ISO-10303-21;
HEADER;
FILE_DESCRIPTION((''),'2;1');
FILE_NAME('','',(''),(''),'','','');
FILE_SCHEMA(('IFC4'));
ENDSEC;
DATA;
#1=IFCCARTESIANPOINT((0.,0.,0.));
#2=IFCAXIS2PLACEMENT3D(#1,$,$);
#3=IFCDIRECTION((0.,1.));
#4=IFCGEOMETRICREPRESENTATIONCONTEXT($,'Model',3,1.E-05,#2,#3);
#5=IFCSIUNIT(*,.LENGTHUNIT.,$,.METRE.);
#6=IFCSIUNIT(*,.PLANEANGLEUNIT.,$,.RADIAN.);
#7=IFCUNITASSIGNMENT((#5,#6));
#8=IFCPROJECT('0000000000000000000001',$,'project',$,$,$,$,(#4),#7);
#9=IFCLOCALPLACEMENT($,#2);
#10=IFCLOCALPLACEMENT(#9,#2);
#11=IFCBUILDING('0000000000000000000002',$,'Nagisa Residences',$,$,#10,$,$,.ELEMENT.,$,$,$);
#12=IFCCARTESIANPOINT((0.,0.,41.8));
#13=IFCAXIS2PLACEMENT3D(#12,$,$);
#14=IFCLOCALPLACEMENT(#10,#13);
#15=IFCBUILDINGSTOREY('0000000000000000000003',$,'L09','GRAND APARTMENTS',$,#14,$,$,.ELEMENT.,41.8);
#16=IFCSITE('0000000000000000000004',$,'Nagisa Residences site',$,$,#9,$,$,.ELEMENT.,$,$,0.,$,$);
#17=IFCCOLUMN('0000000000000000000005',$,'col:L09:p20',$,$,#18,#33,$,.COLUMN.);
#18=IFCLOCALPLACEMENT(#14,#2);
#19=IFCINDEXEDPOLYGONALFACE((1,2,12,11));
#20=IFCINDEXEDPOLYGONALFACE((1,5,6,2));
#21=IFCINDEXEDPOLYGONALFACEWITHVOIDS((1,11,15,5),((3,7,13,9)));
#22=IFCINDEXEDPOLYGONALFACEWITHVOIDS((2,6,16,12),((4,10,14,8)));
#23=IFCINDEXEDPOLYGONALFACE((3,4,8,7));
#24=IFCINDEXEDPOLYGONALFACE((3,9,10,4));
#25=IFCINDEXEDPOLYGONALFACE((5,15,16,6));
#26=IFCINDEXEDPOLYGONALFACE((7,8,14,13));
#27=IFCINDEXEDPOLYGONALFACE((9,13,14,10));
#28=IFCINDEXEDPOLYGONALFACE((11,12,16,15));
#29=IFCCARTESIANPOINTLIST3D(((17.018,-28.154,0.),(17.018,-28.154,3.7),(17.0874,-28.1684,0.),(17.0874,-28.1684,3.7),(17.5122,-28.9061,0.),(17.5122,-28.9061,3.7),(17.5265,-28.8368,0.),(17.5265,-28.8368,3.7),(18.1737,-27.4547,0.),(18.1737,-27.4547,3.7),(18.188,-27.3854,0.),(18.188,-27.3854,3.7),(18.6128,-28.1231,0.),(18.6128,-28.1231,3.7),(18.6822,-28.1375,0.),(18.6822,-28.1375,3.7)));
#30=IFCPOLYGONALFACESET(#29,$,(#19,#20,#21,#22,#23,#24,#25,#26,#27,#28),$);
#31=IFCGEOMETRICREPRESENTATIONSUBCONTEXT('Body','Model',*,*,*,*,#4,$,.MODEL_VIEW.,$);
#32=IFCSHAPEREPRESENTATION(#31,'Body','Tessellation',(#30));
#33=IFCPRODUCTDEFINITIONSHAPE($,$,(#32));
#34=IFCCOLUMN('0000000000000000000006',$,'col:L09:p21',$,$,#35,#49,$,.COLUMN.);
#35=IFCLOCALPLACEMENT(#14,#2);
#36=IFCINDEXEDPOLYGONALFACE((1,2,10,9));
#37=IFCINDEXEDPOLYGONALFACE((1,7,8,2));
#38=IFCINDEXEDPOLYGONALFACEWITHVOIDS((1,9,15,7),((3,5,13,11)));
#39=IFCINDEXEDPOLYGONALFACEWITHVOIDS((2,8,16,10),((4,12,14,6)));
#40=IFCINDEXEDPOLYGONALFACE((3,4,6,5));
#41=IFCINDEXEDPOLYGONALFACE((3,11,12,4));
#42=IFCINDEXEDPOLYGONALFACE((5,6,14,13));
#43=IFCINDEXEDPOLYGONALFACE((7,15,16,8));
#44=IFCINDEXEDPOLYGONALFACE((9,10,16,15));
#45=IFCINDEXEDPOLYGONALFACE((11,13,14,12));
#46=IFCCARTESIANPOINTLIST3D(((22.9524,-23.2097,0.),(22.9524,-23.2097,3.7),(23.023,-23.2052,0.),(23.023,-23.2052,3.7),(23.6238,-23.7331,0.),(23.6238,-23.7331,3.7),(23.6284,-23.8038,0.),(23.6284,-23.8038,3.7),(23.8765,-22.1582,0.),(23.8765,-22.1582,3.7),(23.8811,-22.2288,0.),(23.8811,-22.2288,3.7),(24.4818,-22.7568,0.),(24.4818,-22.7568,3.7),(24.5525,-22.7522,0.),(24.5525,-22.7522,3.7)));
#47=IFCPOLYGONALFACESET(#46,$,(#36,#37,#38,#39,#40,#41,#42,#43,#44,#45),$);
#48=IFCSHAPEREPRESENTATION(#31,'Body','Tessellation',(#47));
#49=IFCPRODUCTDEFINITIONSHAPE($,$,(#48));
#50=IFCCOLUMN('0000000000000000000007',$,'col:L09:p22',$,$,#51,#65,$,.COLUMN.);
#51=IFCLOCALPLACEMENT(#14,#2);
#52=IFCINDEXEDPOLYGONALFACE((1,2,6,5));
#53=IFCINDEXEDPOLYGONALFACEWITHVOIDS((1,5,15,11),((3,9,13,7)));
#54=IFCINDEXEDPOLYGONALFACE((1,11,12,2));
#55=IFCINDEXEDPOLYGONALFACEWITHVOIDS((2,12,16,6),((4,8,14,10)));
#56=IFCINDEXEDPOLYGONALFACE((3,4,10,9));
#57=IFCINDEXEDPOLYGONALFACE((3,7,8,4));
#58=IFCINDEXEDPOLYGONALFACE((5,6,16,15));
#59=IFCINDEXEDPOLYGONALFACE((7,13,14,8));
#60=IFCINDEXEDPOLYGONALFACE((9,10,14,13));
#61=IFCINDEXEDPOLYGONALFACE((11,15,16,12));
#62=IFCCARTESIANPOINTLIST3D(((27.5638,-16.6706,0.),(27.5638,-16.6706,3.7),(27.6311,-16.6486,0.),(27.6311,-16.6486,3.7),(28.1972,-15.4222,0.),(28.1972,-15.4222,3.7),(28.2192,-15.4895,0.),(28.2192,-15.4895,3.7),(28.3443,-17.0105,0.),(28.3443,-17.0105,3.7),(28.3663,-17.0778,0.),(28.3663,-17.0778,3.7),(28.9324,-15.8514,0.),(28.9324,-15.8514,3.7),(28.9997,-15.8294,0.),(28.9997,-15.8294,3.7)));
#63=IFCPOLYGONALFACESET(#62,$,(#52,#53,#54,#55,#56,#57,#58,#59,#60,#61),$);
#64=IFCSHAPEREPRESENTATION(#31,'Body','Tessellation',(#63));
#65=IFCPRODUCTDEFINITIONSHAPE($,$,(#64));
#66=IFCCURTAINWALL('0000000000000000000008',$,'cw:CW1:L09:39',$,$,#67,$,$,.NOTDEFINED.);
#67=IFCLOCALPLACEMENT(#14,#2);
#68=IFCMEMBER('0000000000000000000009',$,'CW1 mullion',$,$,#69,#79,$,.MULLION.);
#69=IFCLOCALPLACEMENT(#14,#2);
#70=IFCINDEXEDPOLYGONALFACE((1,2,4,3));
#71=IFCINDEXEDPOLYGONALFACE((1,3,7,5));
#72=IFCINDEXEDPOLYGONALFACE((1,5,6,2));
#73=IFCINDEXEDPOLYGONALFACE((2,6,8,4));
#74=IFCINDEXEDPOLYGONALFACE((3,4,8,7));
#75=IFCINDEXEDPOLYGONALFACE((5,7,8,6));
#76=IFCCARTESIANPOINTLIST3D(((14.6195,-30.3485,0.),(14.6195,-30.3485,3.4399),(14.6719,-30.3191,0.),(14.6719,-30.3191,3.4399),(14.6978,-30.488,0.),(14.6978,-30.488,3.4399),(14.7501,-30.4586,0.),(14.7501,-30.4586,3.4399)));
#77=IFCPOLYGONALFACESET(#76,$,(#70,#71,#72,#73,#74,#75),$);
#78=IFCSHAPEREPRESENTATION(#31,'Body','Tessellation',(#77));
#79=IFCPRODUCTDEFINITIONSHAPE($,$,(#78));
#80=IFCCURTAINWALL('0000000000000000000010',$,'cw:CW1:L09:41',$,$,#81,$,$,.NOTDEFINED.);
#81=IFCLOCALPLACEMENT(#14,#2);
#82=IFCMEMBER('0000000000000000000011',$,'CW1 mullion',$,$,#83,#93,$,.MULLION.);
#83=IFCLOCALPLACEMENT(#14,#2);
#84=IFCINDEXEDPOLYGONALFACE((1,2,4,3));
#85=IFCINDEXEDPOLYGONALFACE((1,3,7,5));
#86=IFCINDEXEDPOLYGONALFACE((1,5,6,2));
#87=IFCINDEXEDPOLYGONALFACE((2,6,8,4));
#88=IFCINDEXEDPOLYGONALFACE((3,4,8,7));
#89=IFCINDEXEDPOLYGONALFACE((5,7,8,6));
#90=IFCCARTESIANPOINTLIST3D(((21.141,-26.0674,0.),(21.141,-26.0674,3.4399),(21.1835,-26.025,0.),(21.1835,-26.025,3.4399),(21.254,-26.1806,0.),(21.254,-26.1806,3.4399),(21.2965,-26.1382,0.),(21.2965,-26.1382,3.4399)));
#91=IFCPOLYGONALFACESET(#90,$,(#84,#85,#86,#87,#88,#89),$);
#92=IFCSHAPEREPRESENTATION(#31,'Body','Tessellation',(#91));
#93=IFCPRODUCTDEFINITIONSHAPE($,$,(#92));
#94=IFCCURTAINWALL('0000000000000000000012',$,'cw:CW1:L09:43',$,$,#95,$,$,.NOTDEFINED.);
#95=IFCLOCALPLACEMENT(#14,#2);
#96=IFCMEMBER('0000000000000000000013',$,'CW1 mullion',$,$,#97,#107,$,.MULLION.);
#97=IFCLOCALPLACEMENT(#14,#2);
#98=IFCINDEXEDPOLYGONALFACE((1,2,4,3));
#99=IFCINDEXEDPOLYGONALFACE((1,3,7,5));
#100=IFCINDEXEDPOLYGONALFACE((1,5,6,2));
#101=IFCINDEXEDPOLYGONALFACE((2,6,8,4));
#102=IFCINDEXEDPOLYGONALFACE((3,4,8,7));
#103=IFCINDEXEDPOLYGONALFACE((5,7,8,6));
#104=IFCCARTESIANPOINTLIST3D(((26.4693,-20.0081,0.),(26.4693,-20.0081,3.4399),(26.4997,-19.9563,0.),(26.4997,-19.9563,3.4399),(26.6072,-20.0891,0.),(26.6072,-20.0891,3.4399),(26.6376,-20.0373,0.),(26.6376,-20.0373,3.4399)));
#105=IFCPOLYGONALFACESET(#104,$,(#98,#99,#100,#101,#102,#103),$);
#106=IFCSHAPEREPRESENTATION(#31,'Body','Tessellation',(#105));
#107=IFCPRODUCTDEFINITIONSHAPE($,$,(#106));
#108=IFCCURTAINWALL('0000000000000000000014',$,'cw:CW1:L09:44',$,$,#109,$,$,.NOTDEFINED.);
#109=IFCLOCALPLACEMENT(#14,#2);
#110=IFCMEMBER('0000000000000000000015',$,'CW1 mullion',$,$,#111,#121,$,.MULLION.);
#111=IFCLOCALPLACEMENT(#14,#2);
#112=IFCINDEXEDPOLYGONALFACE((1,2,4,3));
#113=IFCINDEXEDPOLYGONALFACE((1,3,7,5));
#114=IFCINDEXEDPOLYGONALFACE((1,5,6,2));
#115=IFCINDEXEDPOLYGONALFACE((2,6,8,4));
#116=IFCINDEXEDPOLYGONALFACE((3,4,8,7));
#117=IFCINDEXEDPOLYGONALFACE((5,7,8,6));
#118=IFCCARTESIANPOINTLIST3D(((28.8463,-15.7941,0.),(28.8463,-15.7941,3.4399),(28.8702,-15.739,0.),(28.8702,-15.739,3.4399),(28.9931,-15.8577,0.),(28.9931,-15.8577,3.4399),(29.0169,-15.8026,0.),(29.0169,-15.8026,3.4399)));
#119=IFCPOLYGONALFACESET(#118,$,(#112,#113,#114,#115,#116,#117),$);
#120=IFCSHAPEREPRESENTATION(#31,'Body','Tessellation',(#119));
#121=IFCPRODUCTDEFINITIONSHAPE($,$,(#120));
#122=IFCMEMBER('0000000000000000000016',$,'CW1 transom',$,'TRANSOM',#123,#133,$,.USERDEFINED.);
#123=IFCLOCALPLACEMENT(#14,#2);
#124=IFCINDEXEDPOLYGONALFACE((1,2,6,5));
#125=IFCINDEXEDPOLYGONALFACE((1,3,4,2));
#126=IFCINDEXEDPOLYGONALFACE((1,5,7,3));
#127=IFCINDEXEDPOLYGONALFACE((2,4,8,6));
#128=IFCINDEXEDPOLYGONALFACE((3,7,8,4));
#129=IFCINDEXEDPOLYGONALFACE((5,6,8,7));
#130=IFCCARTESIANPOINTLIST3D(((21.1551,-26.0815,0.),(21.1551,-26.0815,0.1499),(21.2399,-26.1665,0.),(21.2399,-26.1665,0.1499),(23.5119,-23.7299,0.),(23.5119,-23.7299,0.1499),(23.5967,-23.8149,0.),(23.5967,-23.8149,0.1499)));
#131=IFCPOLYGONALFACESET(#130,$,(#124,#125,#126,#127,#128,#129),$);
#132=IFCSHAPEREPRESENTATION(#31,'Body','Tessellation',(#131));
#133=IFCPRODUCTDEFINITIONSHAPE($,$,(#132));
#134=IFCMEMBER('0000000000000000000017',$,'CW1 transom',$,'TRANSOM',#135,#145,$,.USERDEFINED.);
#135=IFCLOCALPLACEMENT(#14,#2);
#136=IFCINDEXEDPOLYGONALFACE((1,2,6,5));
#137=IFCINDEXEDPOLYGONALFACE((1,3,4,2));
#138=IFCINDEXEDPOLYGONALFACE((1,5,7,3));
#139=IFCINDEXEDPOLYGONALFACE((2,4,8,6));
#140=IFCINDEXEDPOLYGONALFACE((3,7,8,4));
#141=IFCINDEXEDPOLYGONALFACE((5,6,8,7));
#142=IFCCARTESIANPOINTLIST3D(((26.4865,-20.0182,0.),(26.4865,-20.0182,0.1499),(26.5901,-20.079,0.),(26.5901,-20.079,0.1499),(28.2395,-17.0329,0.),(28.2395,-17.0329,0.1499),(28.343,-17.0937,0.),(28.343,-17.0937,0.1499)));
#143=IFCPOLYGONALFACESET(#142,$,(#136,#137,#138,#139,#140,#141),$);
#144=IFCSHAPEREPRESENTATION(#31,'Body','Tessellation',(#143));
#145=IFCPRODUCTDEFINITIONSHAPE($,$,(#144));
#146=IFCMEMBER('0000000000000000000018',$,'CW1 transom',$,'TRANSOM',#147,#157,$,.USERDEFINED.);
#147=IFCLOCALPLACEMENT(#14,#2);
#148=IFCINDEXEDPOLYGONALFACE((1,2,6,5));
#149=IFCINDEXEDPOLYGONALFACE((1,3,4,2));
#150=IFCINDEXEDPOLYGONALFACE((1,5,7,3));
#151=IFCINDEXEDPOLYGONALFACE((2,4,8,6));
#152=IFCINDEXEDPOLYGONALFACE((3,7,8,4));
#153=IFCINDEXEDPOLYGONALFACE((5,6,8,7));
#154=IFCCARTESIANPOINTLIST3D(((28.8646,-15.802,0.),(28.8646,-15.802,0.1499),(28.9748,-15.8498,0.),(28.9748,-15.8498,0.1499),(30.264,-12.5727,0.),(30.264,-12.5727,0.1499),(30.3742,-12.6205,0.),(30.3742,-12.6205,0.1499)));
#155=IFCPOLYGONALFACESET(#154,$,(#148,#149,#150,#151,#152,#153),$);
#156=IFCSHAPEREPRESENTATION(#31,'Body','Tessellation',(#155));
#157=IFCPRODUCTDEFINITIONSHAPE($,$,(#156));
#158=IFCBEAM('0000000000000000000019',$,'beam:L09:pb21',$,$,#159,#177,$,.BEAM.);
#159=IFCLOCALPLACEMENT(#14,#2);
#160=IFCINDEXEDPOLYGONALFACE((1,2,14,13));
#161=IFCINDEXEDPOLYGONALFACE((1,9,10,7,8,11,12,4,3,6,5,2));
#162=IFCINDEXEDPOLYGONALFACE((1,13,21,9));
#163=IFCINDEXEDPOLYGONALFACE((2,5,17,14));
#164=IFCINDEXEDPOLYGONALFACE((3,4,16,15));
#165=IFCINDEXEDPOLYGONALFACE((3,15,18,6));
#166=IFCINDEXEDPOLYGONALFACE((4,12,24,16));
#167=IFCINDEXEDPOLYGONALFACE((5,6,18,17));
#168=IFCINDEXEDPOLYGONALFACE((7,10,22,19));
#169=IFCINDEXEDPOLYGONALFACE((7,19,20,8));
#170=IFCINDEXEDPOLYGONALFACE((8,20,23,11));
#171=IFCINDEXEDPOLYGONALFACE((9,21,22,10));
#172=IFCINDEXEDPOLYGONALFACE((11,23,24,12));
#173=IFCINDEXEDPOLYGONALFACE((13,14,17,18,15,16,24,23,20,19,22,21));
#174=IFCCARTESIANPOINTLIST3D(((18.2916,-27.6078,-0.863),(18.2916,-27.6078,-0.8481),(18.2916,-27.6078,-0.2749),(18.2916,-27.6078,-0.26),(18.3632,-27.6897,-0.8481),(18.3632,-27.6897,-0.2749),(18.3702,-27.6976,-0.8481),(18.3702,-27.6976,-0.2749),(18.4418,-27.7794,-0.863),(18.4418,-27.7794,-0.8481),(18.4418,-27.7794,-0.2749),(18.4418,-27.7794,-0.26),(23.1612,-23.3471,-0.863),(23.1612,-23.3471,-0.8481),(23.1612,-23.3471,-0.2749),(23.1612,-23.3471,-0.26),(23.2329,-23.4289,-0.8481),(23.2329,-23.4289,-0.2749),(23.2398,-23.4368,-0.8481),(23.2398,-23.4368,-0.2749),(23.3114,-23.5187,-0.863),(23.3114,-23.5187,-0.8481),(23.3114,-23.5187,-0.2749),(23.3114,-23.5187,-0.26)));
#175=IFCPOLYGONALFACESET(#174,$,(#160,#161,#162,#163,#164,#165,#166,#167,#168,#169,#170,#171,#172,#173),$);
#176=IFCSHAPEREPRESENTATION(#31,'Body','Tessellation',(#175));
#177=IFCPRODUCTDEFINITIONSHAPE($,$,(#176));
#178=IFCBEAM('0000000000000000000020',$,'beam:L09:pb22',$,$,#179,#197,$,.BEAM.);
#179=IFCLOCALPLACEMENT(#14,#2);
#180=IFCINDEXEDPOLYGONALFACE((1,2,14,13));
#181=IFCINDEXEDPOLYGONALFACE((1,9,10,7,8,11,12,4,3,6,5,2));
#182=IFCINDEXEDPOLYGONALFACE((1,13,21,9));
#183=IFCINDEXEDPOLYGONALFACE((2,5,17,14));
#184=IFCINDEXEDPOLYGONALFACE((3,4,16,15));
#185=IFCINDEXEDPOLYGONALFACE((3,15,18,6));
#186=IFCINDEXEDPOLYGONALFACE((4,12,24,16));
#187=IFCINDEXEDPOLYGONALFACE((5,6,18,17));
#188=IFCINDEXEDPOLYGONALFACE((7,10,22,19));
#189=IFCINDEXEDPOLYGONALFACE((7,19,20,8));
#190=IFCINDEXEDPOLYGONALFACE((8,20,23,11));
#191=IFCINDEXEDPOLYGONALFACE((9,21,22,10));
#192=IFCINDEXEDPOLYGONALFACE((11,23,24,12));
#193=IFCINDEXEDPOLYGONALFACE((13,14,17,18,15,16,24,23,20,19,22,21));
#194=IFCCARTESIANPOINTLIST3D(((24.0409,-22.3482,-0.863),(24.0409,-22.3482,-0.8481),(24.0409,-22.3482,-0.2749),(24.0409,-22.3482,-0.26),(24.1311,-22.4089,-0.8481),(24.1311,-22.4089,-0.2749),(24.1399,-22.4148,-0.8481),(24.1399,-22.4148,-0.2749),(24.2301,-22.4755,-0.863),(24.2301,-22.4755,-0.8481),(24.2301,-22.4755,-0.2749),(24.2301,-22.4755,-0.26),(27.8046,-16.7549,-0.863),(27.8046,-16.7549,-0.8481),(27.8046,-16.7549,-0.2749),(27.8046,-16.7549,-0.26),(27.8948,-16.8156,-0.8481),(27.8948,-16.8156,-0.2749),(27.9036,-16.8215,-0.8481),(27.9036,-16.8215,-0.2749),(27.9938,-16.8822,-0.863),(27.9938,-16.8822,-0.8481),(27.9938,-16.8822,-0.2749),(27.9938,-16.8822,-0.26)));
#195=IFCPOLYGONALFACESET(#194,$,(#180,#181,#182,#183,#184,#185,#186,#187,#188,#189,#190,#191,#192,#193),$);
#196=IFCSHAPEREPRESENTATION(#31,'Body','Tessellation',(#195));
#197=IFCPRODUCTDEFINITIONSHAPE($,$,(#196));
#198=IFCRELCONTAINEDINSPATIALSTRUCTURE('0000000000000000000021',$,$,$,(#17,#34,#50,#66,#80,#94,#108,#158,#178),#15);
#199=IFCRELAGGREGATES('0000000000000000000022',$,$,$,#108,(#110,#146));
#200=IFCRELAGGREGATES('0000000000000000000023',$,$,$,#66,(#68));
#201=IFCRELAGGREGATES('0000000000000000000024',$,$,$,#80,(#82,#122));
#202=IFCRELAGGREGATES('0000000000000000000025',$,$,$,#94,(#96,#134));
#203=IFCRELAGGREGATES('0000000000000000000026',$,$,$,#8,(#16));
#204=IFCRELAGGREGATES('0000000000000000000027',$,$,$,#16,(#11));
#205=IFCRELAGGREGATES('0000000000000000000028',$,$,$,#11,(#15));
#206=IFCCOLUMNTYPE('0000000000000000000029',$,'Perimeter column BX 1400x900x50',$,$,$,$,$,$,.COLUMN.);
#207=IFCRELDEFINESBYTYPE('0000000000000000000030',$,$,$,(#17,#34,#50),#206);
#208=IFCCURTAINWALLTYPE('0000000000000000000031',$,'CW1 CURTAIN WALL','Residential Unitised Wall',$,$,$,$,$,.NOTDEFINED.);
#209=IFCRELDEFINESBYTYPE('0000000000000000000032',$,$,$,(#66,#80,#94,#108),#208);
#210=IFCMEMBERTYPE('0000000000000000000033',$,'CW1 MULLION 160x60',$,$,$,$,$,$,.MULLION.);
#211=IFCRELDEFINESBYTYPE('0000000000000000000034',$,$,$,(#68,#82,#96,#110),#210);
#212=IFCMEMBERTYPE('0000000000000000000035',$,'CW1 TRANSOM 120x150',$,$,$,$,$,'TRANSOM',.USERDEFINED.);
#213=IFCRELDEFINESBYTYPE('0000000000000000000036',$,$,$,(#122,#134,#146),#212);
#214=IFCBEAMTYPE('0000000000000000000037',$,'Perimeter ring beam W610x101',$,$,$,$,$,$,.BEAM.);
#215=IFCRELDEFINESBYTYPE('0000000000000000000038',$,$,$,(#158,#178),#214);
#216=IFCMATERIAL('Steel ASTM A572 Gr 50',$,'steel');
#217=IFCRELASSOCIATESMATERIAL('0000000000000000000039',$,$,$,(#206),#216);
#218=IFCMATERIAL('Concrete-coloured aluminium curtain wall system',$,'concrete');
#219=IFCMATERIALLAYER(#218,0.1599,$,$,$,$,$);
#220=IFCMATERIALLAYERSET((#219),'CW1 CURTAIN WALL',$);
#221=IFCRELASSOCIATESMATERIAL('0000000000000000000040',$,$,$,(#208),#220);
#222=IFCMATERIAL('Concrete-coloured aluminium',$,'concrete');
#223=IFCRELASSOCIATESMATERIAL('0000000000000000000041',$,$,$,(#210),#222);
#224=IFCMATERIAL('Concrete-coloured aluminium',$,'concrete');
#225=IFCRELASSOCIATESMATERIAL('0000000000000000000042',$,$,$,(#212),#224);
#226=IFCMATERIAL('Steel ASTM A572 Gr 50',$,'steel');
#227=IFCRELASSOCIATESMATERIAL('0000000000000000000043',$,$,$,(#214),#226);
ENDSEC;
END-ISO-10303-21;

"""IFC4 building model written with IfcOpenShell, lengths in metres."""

from ifc_helpers import new_model, si_unit, direction, frame, origin, origin_2d, place, context, subcontext, project, spatial, rectangle, hollow_rectangle, i_section, extrude, material, layer, layer_set, material_profile, profile_set, type_object, element, aggregate, save


model = new_model("IFC4")

# Units and contexts
model_context = context("Model", 3, precision=1e-05, world=origin(), true_north=direction((0.0, 1.0)))
body_context = subcontext(model_context, "Body", "Model", "MODEL_VIEW")
ifc_project = project(units=[si_unit("LENGTHUNIT", "METRE"), si_unit("PLANEANGLEUNIT", "RADIAN")], contexts=[model_context])

# Site, building, storey
site_placement = place(None, origin())
site = spatial("IfcSite", under=ifc_project, at=site_placement, Name="Nagisa Residences site", CompositionType="ELEMENT", RefElevation=0.0)
building_placement = place(site_placement, origin())
building = spatial("IfcBuilding", under=site, at=building_placement, Name="Nagisa Residences", CompositionType="ELEMENT")
storey_placement = place(building_placement, frame((0.0, 0.0, 41.8)))
storey = spatial("IfcBuildingStorey", under=building, at=storey_placement, Name="L09", Description="GRAND APARTMENTS", CompositionType="ELEMENT", Elevation=41.8)

# Columns
ifc_material_1 = material(Name="Steel ASTM A572 Gr 50", Category="steel")
ifc_material_profile_1 = material_profile(ifc_material_1, hollow_rectangle(XDim=1.3999, YDim=0.8999, WallThickness=0.05, at=origin_2d()), Name="BX 1400x900x50")
ifc_profile_set_1 = profile_set([ifc_material_profile_1], Name="Steel ASTM A572 Gr 50")
column_type = type_object("IfcColumnType", Name="Perimeter column BX 1400x900x50", PredefinedType="COLUMN", material=ifc_profile_set_1)
for number, where, z_axis, x_axis, name in (
    (1, (17.8501, -28.1458, 0.0), (0.0, 0.0, 1.0), (0.835766, 0.549086, 0.0), "col:L09:p20"),
    (2, (23.7524, -22.981, 0.0), (0.0, 0.0, 1.0), (0.660115, 0.751165, 0.0), "col:L09:p21"),
    (3, (28.2817, -16.25, 0.0), (0.0, 0.0, 1.0), (0.452463, 0.891783, 0.0), "col:L09:p22"),
):
    element("IfcColumn", number, at=place(storey_placement, frame(where, z_axis=z_axis, x_axis=x_axis)), inside=storey, type_object=column_type, Name=name, PredefinedType="COLUMN", context=body_context, shape_type="SweptSolid", body=[
        extrude(hollow_rectangle(XDim=1.3999, YDim=0.8999, WallThickness=0.05, at=origin_2d()), origin(), (0.0, 0.0, 1.0), 3.7),
    ])

# Curtain walls, members
ifc_material_2 = material(Name="Concrete-coloured aluminium curtain wall system", Category="concrete")
ifc_layer_1 = layer(ifc_material_2, 0.1599)
ifc_layer_set_1 = layer_set([ifc_layer_1], Name="CW1 CURTAIN WALL")
curtain_wall_type = type_object("IfcCurtainWallType", Name="CW1 CURTAIN WALL", Description="Residential Unitised Wall", PredefinedType="NOTDEFINED", material=ifc_layer_set_1)
curtain_wall_1_placement = place(storey_placement, origin())
curtain_wall_1 = element("IfcCurtainWall", 4, at=curtain_wall_1_placement, inside=storey, type_object=curtain_wall_type, Name="cw:CW1:L09:39", PredefinedType="NOTDEFINED")
ifc_material_3 = material(Name="Concrete-coloured aluminium", Category="concrete")
ifc_material_profile_2 = material_profile(ifc_material_3, rectangle(XDim=0.1599, YDim=0.0601, at=origin_2d()), Name="CW1 MULLION 160x60")
ifc_profile_set_2 = profile_set([ifc_material_profile_2], Name="Concrete-coloured aluminium")
member_type_1 = type_object("IfcMemberType", Name="CW1 MULLION 160x60", PredefinedType="MULLION", material=ifc_profile_set_2)
member_1_placement = place(storey_placement, frame((14.6848, -30.4036, 0.0), z_axis=(0.0, 0.0, 1.0), x_axis=(-0.489377, 0.872072, 0.0)))
member_1 = element("IfcMember", 5, at=member_1_placement, type_object=member_type_1, Name="CW1 mullion", PredefinedType="MULLION", context=body_context, shape_type="SweptSolid", body=[
    extrude(rectangle(XDim=0.1599, YDim=0.0601, at=origin_2d()), origin(), (0.0, 0.0, 1.0), 3.4399),
])
curtain_wall_2_placement = place(storey_placement, origin())
curtain_wall_2 = element("IfcCurtainWall", 6, at=curtain_wall_2_placement, inside=storey, type_object=curtain_wall_type, Name="cw:CW1:L09:41", PredefinedType="NOTDEFINED")
member_2_placement = place(storey_placement, frame((21.2188, -26.1028, 0.0), z_axis=(0.0, 0.0, 1.0), x_axis=(-0.706377, 0.707836, 0.0)))
member_2 = element("IfcMember", 7, at=member_2_placement, type_object=member_type_1, Name="CW1 mullion", PredefinedType="MULLION", context=body_context, shape_type="SweptSolid", body=[
    extrude(rectangle(XDim=0.1599, YDim=0.0601, at=origin_2d()), origin(), (0.0, 0.0, 1.0), 3.4399),
])
curtain_wall_3_placement = place(storey_placement, origin())
curtain_wall_3 = element("IfcCurtainWall", 8, at=curtain_wall_3_placement, inside=storey, type_object=curtain_wall_type, Name="cw:CW1:L09:43", PredefinedType="NOTDEFINED")
member_3_placement = place(storey_placement, frame((26.5535, -20.0227, 0.0), z_axis=(0.0, 0.0, 1.0), x_axis=(-0.862329, 0.506349, 0.0)))
member_3 = element("IfcMember", 9, at=member_3_placement, type_object=member_type_1, Name="CW1 mullion", PredefinedType="MULLION", context=body_context, shape_type="SweptSolid", body=[
    extrude(rectangle(XDim=0.1599, YDim=0.0601, at=origin_2d()), origin(), (0.0, 0.0, 1.0), 3.4399),
])
curtain_wall_4_placement = place(storey_placement, origin())
curtain_wall_4 = element("IfcCurtainWall", 10, at=curtain_wall_4_placement, inside=storey, type_object=curtain_wall_type, Name="cw:CW1:L09:44", PredefinedType="NOTDEFINED")
member_4_placement = place(storey_placement, frame((28.9316, -15.7983, 0.0), z_axis=(0.0, 0.0, 1.0), x_axis=(-0.917543, 0.397636, 0.0)))
member_4 = element("IfcMember", 11, at=member_4_placement, type_object=member_type_1, Name="CW1 mullion", PredefinedType="MULLION", context=body_context, shape_type="SweptSolid", body=[
    extrude(rectangle(XDim=0.1599, YDim=0.0601, at=origin_2d()), origin(), (0.0, 0.0, 1.0), 3.4399),
])

# Members
ifc_material_4 = material(Name="Concrete-coloured aluminium", Category="concrete")
ifc_material_profile_3 = material_profile(ifc_material_4, rectangle(XDim=0.1201, YDim=0.1499, at=origin_2d()), Name="CW1 TRANSOM 120x150")
ifc_profile_set_3 = profile_set([ifc_material_profile_3], Name="Concrete-coloured aluminium")
member_type_2 = type_object("IfcMemberType", Name="CW1 TRANSOM 120x150", ElementType="TRANSOM", PredefinedType="USERDEFINED", material=ifc_profile_set_3)
member_5_placement = place(storey_placement, frame((21.1975, -26.124, 0.075), z_axis=(0.707876, 0.706336, 0.0), x_axis=(-0.706336, 0.707876, 0.0)))
member_5 = element("IfcMember", 12, at=member_5_placement, type_object=member_type_2, Name="CW1 transom", ObjectType="TRANSOM", PredefinedType="USERDEFINED", context=body_context, shape_type="SweptSolid", body=[
    extrude(rectangle(XDim=0.1201, YDim=0.1499, at=origin_2d()), origin(), (0.0, 0.0, 1.0), 3.3293),
])
member_6_placement = place(storey_placement, frame((26.5383, -20.0486, 0.075), z_axis=(0.506342, 0.862333, 0.0), x_axis=(-0.862333, 0.506342, 0.0)))
member_6 = element("IfcMember", 13, at=member_6_placement, type_object=member_type_2, Name="CW1 transom", ObjectType="TRANSOM", PredefinedType="USERDEFINED", context=body_context, shape_type="SweptSolid", body=[
    extrude(rectangle(XDim=0.1201, YDim=0.1499, at=origin_2d()), origin(), (0.0, 0.0, 1.0), 3.4619),
])
member_7_placement = place(storey_placement, frame((28.9197, -15.8259, 0.075), z_axis=(0.397625, 0.917548, 0.0), x_axis=(-0.917548, 0.397625, 0.0)))
member_7 = element("IfcMember", 14, at=member_7_placement, type_object=member_type_2, Name="CW1 transom", ObjectType="TRANSOM", PredefinedType="USERDEFINED", context=body_context, shape_type="SweptSolid", body=[
    extrude(rectangle(XDim=0.1201, YDim=0.1499, at=origin_2d()), origin(), (0.0, 0.0, 1.0), 3.5195),
])
aggregate(curtain_wall_4, [member_4, member_7])

# Beams
ifc_material_5 = material(Name="Steel ASTM A572 Gr 50", Category="steel")
ifc_material_profile_4 = material_profile(ifc_material_5, i_section(OverallWidth=0.228, OverallDepth=0.603, WebThickness=0.0105, FlangeThickness=0.0149, at=origin_2d()), Name="W610x101")
ifc_profile_set_4 = profile_set([ifc_material_profile_4], Name="Steel ASTM A572 Gr 50")
beam_type_1 = type_object("IfcBeamType", Name="Perimeter ring beam W610x101", PredefinedType="BEAM", material=ifc_profile_set_4)
beam_1_placement = place(storey_placement, frame((18.3667, -27.6936, -0.5615), z_axis=(0.752591, 0.658489, 0.0), x_axis=(-0.658489, 0.752591, 0.0)))
element("IfcBeam", 15, at=beam_1_placement, inside=storey, type_object=beam_type_1, Name="beam:L09:pb21", PredefinedType="BEAM", context=body_context, shape_type="SweptSolid", body=[
    extrude(i_section(OverallWidth=0.228, OverallDepth=0.603, WebThickness=0.0105, FlangeThickness=0.0149, at=origin_2d()), origin(), (0.0, 0.0, 1.0), 6.4705),
])
beam_2_placement = place(storey_placement, frame((24.1355, -22.4119, -0.5615), z_axis=(0.558272, 0.829658, 0.0), x_axis=(-0.829658, 0.558272, 0.0)))
element("IfcBeam", 16, at=beam_2_placement, inside=storey, type_object=beam_type_1, Name="beam:L09:pb22", PredefinedType="BEAM", context=body_context, shape_type="SweptSolid", body=[
    extrude(i_section(OverallWidth=0.228, OverallDepth=0.603, WebThickness=0.0105, FlangeThickness=0.0149, at=origin_2d()), origin(), (0.0, 0.0, 1.0), 6.7417),
])

aggregate(curtain_wall_1, [member_1])
aggregate(curtain_wall_2, [member_2, member_5])
aggregate(curtain_wall_3, [member_3, member_6])

save(model, "model.ifc")
